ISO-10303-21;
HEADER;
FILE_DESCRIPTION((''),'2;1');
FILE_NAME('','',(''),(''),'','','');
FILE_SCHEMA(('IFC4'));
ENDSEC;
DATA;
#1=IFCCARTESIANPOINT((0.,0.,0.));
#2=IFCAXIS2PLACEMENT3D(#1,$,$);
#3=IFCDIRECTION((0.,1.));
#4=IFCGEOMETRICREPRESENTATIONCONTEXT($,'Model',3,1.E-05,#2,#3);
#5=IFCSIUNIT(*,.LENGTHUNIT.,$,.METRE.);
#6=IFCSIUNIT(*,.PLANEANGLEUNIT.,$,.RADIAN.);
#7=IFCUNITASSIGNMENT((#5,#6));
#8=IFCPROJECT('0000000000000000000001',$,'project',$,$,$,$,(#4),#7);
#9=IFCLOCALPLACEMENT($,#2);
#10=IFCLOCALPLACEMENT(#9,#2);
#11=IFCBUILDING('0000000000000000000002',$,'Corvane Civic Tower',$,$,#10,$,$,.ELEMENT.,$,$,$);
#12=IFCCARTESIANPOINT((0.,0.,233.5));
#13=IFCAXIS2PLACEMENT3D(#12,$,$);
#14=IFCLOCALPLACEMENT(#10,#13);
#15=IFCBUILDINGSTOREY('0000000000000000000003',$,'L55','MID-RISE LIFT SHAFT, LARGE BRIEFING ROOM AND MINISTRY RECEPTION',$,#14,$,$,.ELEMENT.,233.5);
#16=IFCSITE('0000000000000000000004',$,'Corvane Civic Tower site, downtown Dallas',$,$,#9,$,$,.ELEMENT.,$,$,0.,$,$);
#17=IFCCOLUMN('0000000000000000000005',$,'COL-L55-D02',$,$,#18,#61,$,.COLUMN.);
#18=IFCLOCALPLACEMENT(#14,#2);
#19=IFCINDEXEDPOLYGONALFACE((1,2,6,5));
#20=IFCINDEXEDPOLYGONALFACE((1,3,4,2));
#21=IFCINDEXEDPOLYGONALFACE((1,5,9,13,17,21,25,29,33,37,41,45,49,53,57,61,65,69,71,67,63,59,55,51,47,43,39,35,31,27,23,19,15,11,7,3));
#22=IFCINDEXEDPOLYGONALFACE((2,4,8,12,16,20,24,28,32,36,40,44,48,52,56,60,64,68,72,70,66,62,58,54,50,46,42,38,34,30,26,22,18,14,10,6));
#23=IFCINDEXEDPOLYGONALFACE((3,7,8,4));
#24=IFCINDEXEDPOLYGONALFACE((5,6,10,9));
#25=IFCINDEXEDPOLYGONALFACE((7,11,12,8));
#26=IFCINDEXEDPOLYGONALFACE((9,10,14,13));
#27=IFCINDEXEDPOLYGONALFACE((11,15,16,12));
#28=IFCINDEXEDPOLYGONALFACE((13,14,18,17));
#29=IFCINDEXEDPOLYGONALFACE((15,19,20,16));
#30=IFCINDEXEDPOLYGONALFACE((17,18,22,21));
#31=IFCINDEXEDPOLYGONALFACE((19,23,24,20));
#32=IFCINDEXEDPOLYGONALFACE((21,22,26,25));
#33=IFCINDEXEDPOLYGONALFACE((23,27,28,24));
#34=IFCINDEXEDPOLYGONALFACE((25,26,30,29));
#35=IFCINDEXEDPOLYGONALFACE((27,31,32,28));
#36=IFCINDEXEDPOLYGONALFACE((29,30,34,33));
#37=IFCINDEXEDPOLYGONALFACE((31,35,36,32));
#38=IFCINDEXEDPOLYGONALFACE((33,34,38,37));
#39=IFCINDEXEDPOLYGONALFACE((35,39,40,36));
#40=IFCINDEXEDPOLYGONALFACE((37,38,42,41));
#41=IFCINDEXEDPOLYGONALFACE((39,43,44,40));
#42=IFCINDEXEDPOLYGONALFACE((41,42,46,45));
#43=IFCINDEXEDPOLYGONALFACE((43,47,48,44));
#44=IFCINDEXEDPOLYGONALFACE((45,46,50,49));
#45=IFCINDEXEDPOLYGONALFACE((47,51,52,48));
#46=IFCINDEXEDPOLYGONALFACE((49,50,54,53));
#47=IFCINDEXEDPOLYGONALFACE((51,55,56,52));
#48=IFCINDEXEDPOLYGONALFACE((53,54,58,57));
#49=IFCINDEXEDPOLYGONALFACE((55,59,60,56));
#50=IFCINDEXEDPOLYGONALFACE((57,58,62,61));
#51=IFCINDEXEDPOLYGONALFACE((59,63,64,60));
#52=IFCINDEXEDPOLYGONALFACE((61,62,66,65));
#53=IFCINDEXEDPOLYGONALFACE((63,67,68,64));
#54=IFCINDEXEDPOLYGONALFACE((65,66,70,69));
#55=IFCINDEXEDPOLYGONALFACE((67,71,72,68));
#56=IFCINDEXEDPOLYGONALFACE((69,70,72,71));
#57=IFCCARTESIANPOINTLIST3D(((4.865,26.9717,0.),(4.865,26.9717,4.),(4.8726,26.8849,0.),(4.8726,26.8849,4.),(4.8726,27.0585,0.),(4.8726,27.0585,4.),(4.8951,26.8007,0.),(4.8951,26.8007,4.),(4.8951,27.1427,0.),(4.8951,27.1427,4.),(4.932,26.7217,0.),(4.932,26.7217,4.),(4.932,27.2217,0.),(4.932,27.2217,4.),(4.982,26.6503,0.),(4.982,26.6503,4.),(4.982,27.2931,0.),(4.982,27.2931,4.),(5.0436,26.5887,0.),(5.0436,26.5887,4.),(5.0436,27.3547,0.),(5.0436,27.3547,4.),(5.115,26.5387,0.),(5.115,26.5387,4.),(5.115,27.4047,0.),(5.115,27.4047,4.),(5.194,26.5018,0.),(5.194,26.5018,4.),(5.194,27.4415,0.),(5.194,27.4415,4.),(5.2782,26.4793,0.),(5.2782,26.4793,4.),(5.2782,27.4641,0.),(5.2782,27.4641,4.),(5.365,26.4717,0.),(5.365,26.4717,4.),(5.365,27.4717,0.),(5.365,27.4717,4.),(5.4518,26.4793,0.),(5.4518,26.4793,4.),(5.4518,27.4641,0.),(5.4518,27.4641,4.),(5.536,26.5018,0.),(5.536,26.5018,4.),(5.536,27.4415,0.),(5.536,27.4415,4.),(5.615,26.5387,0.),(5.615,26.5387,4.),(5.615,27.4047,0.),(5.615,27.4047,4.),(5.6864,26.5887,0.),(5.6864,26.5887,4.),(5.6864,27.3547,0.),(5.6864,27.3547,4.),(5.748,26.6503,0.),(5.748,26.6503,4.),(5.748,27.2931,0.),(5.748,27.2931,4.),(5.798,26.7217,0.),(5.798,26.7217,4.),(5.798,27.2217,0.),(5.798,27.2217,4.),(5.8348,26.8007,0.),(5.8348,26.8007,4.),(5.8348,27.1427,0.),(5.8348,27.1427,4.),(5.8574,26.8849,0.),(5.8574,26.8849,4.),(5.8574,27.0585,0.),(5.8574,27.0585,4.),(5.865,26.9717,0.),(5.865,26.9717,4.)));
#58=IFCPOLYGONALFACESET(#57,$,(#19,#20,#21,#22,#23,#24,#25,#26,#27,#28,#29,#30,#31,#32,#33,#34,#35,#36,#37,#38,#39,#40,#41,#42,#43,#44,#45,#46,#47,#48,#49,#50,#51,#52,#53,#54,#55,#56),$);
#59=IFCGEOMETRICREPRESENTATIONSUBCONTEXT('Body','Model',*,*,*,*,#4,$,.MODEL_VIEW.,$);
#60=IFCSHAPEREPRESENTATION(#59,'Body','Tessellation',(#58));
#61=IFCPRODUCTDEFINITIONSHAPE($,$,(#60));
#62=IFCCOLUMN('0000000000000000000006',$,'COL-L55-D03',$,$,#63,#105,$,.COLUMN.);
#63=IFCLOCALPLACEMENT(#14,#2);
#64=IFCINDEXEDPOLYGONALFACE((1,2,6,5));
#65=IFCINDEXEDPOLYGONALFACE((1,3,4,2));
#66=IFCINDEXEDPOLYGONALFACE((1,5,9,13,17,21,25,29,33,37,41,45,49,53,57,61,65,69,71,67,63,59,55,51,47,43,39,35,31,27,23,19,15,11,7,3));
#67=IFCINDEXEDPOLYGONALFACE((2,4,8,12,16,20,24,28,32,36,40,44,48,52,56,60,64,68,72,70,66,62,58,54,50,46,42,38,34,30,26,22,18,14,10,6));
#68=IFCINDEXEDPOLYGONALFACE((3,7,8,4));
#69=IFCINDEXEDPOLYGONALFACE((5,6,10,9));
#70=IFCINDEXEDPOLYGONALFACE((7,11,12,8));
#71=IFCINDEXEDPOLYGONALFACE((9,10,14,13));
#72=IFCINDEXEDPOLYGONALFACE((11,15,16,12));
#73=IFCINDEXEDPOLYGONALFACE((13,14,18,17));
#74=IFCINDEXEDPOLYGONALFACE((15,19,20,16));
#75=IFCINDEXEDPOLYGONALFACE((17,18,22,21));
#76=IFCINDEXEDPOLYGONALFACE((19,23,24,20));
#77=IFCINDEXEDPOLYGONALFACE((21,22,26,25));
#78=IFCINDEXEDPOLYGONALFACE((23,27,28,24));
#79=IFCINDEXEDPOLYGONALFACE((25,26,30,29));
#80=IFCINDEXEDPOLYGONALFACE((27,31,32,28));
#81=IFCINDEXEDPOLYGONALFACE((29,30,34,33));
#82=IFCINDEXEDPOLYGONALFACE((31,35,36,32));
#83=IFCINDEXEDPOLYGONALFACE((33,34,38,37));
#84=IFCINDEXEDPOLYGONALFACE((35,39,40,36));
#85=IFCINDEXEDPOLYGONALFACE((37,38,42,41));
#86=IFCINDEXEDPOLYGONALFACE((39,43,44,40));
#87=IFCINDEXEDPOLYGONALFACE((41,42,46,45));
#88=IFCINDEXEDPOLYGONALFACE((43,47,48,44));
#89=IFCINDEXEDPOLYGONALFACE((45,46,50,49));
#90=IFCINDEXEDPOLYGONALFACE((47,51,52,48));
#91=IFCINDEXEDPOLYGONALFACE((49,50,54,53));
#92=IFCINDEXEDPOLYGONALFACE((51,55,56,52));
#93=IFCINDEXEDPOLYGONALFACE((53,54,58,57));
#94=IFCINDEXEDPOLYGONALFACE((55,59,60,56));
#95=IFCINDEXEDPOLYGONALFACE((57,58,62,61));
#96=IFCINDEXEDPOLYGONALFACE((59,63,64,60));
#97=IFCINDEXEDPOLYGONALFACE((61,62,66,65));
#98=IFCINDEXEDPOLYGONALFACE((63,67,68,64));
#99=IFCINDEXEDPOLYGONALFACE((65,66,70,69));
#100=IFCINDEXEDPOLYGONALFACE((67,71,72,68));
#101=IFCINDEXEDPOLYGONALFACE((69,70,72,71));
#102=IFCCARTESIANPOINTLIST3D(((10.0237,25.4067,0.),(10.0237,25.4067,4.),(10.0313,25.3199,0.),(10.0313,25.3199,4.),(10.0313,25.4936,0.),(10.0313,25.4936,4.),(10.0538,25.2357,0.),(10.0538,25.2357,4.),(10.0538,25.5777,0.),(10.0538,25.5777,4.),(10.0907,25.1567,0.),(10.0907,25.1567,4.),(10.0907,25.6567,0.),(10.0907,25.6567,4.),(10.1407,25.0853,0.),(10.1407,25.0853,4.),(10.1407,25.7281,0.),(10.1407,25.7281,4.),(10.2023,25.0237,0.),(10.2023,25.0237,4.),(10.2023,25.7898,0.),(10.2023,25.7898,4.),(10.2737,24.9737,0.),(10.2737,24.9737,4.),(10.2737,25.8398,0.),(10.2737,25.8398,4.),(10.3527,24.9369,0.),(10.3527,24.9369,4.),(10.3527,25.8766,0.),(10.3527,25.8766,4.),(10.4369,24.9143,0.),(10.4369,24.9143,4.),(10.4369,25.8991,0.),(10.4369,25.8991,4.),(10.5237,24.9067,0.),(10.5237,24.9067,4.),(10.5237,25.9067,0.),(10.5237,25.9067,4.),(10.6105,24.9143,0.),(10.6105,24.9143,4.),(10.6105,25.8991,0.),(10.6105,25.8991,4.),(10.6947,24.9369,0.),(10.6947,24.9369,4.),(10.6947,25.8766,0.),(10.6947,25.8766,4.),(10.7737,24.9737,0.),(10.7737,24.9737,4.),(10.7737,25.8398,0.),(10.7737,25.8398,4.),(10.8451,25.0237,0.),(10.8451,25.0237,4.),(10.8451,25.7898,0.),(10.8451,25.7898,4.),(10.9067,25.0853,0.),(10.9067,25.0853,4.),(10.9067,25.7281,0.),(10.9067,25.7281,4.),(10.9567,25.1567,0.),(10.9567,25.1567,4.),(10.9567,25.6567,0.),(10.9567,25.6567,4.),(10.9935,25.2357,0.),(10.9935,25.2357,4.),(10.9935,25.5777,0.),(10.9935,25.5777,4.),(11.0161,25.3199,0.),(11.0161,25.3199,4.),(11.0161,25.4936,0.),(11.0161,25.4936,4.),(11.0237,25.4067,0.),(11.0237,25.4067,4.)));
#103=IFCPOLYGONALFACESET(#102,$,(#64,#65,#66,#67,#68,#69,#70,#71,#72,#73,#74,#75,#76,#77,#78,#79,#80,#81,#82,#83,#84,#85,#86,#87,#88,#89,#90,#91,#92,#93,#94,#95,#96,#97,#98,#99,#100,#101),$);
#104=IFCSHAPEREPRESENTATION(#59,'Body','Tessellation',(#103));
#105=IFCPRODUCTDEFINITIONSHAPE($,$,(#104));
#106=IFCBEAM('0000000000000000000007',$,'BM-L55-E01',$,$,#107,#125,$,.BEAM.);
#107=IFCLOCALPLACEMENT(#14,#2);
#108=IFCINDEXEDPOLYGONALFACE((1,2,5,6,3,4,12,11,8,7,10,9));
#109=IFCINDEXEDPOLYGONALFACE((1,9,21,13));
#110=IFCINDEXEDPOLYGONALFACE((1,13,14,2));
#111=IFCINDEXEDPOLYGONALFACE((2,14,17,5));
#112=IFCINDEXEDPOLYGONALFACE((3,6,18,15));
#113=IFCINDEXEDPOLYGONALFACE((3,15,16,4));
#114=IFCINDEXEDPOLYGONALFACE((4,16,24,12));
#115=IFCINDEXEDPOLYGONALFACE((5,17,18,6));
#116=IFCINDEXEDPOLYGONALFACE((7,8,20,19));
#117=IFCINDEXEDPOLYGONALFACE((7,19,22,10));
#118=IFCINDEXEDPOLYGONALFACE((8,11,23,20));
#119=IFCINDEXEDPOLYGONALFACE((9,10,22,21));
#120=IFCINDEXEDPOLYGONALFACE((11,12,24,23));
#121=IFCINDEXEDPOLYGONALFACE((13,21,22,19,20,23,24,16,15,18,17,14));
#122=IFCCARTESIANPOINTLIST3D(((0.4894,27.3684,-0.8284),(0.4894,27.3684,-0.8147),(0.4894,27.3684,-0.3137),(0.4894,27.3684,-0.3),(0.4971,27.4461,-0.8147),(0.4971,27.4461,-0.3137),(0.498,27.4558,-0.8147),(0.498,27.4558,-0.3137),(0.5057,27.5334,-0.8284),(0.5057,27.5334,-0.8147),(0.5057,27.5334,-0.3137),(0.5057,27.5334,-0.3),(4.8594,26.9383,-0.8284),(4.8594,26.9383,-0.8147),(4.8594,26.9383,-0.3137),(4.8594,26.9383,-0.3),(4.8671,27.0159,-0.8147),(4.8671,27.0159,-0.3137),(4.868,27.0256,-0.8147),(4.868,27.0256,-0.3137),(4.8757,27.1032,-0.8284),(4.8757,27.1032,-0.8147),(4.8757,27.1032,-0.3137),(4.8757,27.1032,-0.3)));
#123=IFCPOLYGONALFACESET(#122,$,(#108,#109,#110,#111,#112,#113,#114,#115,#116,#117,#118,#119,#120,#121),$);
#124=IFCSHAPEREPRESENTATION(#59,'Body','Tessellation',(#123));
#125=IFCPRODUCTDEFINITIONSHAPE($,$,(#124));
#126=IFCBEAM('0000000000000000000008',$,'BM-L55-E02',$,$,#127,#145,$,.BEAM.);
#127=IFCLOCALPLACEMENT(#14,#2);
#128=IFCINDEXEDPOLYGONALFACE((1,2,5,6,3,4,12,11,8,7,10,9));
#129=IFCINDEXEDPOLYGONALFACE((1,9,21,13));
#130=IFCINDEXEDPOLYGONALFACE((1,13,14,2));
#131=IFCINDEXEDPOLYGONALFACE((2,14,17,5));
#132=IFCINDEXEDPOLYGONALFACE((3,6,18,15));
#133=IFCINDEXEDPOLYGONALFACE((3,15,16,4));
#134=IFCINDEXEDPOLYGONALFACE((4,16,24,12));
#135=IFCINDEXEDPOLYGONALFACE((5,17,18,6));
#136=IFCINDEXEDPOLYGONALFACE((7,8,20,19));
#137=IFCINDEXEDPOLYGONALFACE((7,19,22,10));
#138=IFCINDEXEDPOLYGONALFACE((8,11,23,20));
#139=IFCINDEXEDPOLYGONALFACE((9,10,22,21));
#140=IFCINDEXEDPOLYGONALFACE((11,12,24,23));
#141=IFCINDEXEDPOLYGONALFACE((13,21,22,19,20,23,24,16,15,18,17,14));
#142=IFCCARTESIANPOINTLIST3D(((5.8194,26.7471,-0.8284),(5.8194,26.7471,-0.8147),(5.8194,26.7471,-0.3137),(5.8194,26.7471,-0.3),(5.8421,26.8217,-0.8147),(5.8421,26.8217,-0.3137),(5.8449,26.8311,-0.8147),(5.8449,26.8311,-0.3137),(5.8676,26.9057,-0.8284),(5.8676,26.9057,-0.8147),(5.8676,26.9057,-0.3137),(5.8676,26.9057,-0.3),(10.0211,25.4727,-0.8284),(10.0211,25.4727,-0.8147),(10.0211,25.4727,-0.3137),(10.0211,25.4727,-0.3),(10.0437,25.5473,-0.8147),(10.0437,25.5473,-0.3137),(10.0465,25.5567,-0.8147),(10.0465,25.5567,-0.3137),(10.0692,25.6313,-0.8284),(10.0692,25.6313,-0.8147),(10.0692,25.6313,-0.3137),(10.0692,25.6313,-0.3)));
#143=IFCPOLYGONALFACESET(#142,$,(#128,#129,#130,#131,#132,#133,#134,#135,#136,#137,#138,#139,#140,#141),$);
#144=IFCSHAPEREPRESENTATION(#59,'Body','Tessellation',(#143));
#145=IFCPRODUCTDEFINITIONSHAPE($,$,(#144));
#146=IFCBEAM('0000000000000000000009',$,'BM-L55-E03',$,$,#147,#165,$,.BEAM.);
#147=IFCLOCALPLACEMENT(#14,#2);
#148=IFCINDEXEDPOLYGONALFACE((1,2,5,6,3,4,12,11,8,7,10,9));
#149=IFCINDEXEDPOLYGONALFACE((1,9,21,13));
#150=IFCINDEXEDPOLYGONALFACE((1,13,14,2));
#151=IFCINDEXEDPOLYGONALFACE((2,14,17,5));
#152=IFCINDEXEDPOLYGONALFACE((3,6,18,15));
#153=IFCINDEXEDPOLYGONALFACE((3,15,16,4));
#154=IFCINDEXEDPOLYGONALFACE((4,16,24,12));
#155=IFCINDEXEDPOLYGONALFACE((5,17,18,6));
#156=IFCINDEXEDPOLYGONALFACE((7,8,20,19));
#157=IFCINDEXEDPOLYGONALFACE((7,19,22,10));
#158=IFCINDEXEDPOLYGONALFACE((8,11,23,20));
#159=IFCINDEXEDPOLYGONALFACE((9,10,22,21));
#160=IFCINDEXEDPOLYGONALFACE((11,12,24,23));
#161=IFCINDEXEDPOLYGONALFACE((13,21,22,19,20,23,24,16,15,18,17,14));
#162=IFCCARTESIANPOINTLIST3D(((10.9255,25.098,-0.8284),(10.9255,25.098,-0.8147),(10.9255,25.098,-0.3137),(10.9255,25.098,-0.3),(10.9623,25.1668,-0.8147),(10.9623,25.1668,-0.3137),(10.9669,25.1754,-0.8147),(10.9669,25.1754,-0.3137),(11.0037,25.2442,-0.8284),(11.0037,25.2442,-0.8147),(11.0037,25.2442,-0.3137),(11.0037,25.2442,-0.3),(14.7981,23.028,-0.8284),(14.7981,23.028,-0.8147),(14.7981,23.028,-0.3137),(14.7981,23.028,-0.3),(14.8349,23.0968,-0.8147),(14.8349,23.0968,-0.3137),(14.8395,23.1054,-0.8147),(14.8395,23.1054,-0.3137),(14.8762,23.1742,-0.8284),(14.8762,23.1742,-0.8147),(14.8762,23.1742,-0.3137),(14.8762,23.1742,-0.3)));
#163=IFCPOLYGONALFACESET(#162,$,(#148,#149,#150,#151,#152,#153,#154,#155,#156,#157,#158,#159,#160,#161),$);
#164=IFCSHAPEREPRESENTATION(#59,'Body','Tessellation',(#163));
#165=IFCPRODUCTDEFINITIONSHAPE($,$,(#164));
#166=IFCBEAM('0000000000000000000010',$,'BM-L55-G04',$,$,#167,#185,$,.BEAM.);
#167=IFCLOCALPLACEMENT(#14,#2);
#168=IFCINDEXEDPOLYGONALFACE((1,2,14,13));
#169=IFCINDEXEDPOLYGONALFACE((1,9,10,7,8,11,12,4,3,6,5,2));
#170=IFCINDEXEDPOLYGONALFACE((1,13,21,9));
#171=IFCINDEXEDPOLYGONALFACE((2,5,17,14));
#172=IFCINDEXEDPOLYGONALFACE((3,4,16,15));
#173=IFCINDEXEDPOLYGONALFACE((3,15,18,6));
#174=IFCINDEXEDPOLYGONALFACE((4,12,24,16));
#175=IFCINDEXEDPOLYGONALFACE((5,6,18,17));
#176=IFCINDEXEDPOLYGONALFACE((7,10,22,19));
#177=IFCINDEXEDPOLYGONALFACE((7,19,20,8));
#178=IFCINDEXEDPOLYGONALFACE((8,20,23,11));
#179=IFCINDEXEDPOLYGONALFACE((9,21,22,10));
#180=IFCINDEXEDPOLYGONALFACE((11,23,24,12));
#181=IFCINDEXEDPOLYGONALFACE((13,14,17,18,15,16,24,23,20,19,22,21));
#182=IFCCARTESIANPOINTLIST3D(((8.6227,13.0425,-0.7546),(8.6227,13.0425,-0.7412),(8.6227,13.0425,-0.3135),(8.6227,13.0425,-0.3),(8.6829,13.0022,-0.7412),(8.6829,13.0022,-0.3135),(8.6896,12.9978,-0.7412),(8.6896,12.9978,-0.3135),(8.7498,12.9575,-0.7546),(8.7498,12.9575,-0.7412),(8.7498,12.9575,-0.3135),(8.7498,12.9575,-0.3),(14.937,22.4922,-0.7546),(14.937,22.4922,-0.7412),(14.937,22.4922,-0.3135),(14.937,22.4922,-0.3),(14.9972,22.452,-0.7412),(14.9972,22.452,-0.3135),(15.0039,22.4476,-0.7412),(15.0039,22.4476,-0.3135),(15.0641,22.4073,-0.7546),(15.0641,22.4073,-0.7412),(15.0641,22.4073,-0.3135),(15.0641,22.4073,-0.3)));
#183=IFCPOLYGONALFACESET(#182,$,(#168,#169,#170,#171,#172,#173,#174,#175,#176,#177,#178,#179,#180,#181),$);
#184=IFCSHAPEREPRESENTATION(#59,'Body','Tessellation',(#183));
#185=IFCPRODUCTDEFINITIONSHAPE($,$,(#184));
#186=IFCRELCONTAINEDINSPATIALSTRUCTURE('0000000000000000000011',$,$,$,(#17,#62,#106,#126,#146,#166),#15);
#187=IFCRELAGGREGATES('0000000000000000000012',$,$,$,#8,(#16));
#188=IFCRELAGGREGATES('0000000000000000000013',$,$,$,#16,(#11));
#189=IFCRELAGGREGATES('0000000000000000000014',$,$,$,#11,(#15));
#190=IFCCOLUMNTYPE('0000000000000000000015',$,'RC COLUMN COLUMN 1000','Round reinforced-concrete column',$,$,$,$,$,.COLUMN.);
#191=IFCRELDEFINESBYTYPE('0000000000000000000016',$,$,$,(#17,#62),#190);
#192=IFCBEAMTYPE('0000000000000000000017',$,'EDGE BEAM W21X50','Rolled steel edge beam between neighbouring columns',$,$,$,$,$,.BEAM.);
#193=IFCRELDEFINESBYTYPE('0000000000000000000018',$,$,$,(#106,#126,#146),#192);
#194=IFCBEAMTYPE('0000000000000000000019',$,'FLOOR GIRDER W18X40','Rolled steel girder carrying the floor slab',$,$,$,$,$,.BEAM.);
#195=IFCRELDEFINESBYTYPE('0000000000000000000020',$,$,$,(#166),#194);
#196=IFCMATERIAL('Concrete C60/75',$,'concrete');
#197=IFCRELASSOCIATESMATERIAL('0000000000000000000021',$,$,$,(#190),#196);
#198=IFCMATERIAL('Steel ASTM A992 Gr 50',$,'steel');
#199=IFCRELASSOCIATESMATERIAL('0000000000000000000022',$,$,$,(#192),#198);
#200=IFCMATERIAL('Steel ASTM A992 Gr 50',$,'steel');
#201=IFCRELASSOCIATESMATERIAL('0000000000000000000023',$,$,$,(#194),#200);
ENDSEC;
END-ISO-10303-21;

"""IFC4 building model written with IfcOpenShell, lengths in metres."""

from ifc_helpers import new_model, si_unit, direction, frame, origin, origin_2d, place, context, subcontext, project, spatial, circle, i_section, extrude, material, material_profile, profile_set, type_object, element, save


model = new_model("IFC4")

# Units and contexts
model_context = context("Model", 3, precision=1e-05, world=origin(), true_north=direction((0.0, 1.0)))
body_context = subcontext(model_context, "Body", "Model", "MODEL_VIEW")
ifc_project = project(units=[si_unit("LENGTHUNIT", "METRE"), si_unit("PLANEANGLEUNIT", "RADIAN")], contexts=[model_context])

# Site, building, storey
site_placement = place(None, origin())
site = spatial("IfcSite", under=ifc_project, at=site_placement, Name="Corvane Civic Tower site, downtown Dallas", CompositionType="ELEMENT", RefElevation=0.0)
building_placement = place(site_placement, origin())
building = spatial("IfcBuilding", under=site, at=building_placement, Name="Corvane Civic Tower", CompositionType="ELEMENT")
storey_placement = place(building_placement, frame((0.0, 0.0, 233.5)))
storey = spatial("IfcBuildingStorey", under=building, at=storey_placement, Name="L55", Description="MID-RISE LIFT SHAFT, LARGE BRIEFING ROOM AND MINISTRY RECEPTION", CompositionType="ELEMENT", Elevation=233.5)

# Columns
ifc_material_1 = material(Name="Concrete C60/75", Category="concrete")
ifc_material_profile_1 = material_profile(ifc_material_1, circle(Radius=0.5, at=origin_2d()), Name="COLUMN 1000")
ifc_profile_set_1 = profile_set([ifc_material_profile_1], Name="Concrete C60/75")
column_type = type_object("IfcColumnType", Name="RC COLUMN COLUMN 1000", Description="Round reinforced-concrete column", PredefinedType="COLUMN", material=ifc_profile_set_1)
for number, where, z_axis, x_axis, name in (
    (1, (5.365, 26.9717, 0.0), (0.0, 0.0, 1.0), (1.0, 0.0, 0.0), "COL-L55-D02"),
    (2, (10.5237, 25.4067, 0.0), (0.0, 0.0, 1.0), (1.0, 0.0, 0.0), "COL-L55-D03"),
):
    element("IfcColumn", number, at=place(storey_placement, frame(where, z_axis=z_axis, x_axis=x_axis)), inside=storey, type_object=column_type, Name=name, PredefinedType="COLUMN", context=body_context, shape_type="SweptSolid", body=[
        extrude(circle(Radius=0.5, at=origin_2d()), origin(), (0.0, 0.0, 1.0), 4.0),
    ])

# Beams
ifc_material_2 = material(Name="Steel ASTM A992 Gr 50", Category="steel")
ifc_material_profile_2 = material_profile(ifc_material_2, i_section(OverallWidth=0.1658, OverallDepth=0.5283, WebThickness=0.0098, FlangeThickness=0.0137, at=origin_2d()), Name="W21X50")
ifc_profile_set_2 = profile_set([ifc_material_profile_2], Name="Steel ASTM A992 Gr 50")
beam_type_1 = type_object("IfcBeamType", Name="EDGE BEAM W21X50", Description="Rolled steel edge beam between neighbouring columns", PredefinedType="BEAM", material=ifc_profile_set_2)
beam_1_placement = place(storey_placement, frame((0.4976, 27.4509, -0.5642), z_axis=(0.99519, -0.097968, 0.0), x_axis=(0.097968, 0.99519, 0.0)))
element("IfcBeam", 3, at=beam_1_placement, inside=storey, type_object=beam_type_1, Name="BM-L55-E01", PredefinedType="BEAM", context=body_context, shape_type="SweptSolid", body=[
    extrude(i_section(OverallWidth=0.1658, OverallDepth=0.5283, WebThickness=0.0098, FlangeThickness=0.0137, at=origin_2d()), origin(), (0.0, 0.0, 1.0), 4.3911),
])
beam_2_placement = place(storey_placement, frame((5.8435, 26.8264, -0.5642), z_axis=(0.95695, -0.290254, 0.0), x_axis=(0.290254, 0.95695, 0.0)))
element("IfcBeam", 4, at=beam_2_placement, inside=storey, type_object=beam_type_1, Name="BM-L55-E02", PredefinedType="BEAM", context=body_context, shape_type="SweptSolid", body=[
    extrude(i_section(OverallWidth=0.1658, OverallDepth=0.5283, WebThickness=0.0098, FlangeThickness=0.0137, at=origin_2d()), origin(), (0.0, 0.0, 1.0), 4.3906),
])
beam_3_placement = place(storey_placement, frame((10.9646, 25.1711, -0.5642), z_axis=(0.881908, -0.471422, 0.0), x_axis=(0.471422, 0.881908, 0.0)))
element("IfcBeam", 5, at=beam_3_placement, inside=storey, type_object=beam_type_1, Name="BM-L55-E03", PredefinedType="BEAM", context=body_context, shape_type="SweptSolid", body=[
    extrude(i_section(OverallWidth=0.1658, OverallDepth=0.5283, WebThickness=0.0098, FlangeThickness=0.0137, at=origin_2d()), origin(), (0.0, 0.0, 1.0), 4.3911),
])
ifc_material_3 = material(Name="Steel ASTM A992 Gr 50", Category="steel")
ifc_material_profile_3 = material_profile(ifc_material_3, i_section(OverallWidth=0.1528, OverallDepth=0.4546, WebThickness=0.0081, FlangeThickness=0.0134, at=origin_2d()), Name="W18X40")
ifc_profile_set_3 = profile_set([ifc_material_profile_3], Name="Steel ASTM A992 Gr 50")
beam_type_2 = type_object("IfcBeamType", Name="FLOOR GIRDER W18X40", Description="Rolled steel girder carrying the floor slab", PredefinedType="BEAM", material=ifc_profile_set_3)
beam_4_placement = place(storey_placement, frame((8.6863, 13.0, -0.5273), z_axis=(0.555577, 0.831465, 0.0), x_axis=(-0.831465, 0.555577, 0.0)))
element("IfcBeam", 6, at=beam_4_placement, inside=storey, type_object=beam_type_2, Name="BM-L55-G04", PredefinedType="BEAM", context=body_context, shape_type="SweptSolid", body=[
    extrude(i_section(OverallWidth=0.1528, OverallDepth=0.4546, WebThickness=0.0081, FlangeThickness=0.0134, at=origin_2d()), origin(), (0.0, 0.0, 1.0), 11.3652),
])

save(model, "model.ifc")
